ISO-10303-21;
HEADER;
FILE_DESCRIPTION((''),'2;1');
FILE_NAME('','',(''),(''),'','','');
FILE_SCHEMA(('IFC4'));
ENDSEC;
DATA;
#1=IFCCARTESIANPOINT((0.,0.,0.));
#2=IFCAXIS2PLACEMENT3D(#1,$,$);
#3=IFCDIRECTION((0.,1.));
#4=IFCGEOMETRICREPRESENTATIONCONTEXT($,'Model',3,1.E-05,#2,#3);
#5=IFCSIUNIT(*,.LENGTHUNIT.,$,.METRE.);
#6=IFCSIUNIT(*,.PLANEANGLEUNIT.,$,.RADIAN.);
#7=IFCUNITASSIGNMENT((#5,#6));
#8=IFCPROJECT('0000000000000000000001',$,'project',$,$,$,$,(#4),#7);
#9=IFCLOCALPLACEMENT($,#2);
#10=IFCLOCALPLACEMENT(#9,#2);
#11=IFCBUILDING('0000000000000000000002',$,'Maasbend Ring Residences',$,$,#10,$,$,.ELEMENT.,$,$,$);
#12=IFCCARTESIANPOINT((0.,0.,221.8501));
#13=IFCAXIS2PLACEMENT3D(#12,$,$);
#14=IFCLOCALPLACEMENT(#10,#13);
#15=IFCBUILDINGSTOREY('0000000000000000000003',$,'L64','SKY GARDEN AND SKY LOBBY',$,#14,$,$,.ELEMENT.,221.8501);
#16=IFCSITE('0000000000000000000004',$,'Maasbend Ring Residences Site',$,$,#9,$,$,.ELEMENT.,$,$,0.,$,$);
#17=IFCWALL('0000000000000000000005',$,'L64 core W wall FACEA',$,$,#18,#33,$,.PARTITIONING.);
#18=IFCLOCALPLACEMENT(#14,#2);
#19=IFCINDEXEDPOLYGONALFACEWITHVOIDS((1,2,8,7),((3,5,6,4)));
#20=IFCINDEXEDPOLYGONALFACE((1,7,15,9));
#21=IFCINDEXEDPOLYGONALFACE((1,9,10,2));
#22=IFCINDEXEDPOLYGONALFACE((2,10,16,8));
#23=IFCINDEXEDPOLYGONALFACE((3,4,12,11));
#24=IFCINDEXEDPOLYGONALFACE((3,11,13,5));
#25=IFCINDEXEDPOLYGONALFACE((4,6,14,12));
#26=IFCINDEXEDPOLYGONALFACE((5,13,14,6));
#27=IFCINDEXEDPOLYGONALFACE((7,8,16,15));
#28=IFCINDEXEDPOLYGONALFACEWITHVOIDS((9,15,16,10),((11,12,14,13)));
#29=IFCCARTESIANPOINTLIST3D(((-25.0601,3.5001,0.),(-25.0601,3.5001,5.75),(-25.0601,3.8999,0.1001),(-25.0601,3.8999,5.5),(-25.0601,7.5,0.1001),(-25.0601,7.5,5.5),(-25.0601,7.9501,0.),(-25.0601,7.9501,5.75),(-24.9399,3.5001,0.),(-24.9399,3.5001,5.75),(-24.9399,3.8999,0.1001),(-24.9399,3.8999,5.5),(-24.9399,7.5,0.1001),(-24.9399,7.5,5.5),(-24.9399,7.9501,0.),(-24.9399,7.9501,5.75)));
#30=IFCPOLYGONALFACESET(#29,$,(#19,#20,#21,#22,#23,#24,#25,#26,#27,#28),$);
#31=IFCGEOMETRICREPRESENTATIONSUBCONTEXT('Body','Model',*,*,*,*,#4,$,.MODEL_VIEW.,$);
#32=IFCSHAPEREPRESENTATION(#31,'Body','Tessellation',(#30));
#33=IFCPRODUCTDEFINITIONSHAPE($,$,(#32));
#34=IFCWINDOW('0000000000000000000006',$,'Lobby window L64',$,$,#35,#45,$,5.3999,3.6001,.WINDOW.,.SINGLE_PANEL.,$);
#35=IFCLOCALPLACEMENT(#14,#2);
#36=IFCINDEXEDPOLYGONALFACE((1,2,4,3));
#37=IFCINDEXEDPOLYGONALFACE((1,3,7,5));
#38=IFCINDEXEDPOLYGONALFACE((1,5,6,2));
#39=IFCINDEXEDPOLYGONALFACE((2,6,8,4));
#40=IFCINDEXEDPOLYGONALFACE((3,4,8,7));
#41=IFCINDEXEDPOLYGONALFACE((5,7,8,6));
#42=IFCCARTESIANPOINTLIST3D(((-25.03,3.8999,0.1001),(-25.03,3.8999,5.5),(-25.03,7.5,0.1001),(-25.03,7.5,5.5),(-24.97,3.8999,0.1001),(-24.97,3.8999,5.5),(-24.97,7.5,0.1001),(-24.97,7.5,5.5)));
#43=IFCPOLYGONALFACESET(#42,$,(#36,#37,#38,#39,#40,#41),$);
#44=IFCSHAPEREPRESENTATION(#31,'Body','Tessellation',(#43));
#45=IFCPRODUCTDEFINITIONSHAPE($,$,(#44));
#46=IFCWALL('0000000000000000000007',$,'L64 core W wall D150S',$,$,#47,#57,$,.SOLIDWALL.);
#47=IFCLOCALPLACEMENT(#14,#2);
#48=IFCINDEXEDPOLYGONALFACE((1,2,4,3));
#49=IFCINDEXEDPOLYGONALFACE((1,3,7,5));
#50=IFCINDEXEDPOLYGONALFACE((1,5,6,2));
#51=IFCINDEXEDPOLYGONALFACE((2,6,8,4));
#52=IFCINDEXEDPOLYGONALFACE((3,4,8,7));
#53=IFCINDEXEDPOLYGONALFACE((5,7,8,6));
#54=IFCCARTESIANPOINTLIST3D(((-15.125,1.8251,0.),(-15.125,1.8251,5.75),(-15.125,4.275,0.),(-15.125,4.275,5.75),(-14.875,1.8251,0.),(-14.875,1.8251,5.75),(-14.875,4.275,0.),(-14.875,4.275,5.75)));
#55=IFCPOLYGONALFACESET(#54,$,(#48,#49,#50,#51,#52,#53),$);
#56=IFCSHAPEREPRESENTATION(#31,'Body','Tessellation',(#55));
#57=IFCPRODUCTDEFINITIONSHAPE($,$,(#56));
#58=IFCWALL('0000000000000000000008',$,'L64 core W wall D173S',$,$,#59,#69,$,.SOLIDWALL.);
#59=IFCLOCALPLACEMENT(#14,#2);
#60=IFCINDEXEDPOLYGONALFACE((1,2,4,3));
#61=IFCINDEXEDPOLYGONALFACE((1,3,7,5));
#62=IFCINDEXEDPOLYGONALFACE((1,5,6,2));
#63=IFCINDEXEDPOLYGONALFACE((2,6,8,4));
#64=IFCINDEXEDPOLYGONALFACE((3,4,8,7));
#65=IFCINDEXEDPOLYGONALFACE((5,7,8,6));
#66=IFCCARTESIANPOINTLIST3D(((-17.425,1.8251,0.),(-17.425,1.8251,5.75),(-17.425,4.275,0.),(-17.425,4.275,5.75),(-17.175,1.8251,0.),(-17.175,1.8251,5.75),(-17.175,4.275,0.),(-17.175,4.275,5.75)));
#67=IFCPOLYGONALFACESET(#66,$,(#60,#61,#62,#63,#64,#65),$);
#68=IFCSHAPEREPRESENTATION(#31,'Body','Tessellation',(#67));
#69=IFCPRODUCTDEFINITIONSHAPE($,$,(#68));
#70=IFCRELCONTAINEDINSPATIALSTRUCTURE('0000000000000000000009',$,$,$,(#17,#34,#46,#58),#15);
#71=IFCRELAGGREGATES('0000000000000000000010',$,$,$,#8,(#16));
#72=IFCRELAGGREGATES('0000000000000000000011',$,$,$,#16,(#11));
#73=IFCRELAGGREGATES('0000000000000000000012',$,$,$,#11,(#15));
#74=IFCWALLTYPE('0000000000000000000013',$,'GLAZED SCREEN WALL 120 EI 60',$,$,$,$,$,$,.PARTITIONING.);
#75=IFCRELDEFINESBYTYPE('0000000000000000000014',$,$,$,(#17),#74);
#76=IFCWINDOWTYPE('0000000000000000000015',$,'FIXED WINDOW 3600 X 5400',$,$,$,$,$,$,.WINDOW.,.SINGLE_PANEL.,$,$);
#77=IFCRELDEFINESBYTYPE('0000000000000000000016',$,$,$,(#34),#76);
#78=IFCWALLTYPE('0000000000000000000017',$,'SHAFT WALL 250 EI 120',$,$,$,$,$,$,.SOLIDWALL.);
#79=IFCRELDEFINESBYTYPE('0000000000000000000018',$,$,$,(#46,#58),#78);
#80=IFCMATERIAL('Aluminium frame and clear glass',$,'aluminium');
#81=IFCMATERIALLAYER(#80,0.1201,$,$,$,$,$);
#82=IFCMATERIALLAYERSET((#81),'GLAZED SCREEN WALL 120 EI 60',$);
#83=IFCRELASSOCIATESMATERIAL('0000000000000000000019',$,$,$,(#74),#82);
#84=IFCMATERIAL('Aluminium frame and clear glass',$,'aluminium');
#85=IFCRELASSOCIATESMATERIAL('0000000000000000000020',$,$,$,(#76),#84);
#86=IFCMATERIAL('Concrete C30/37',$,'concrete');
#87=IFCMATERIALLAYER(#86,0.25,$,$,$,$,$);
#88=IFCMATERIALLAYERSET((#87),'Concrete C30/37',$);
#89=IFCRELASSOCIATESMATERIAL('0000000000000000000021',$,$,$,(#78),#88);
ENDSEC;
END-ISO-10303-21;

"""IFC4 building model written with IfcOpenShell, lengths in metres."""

from ifc_helpers import new_model, si_unit, direction, frame, frame_2d, origin, place, context, subcontext, project, spatial, rectangle, extrude, material, layer, layer_set, type_object, element, fill, save


model = new_model("IFC4")

# Units and contexts
model_context = context("Model", 3, precision=1e-05, world=origin(), true_north=direction((0.0, 1.0)))
body_context = subcontext(model_context, "Body", "Model", "MODEL_VIEW")
ifc_project = project(units=[si_unit("LENGTHUNIT", "METRE"), si_unit("PLANEANGLEUNIT", "RADIAN")], contexts=[model_context])

# Site, building, storey
site_placement = place(None, origin())
site = spatial("IfcSite", under=ifc_project, at=site_placement, Name="Maasbend Ring Residences Site", CompositionType="ELEMENT", RefElevation=0.0)
building_placement = place(site_placement, origin())
building = spatial("IfcBuilding", under=site, at=building_placement, Name="Maasbend Ring Residences", CompositionType="ELEMENT")
storey_placement = place(building_placement, frame((0.0, 0.0, 221.8501)))
storey = spatial("IfcBuildingStorey", under=building, at=storey_placement, Name="L64", Description="SKY GARDEN AND SKY LOBBY", CompositionType="ELEMENT", Elevation=221.8501)

# Wall, opening, window
ifc_material_1 = material(Name="Aluminium frame and clear glass", Category="aluminium")
ifc_layer_1 = layer(ifc_material_1, 0.1201)
ifc_layer_set_1 = layer_set([ifc_layer_1], Name="GLAZED SCREEN WALL 120 EI 60")
wall_type_1 = type_object("IfcWallType", Name="GLAZED SCREEN WALL 120 EI 60", PredefinedType="PARTITIONING", material=ifc_layer_set_1)
wall_placement = place(storey_placement, frame((-25.0, 3.5, 0.0), z_axis=(0.0, 0.0, 1.0), x_axis=(0.0, 1.0, 0.0)))
wall = element("IfcWall", 1, at=wall_placement, inside=storey, type_object=wall_type_1, Name="L64 core W wall FACEA", PredefinedType="PARTITIONING", context=body_context, shape_type="SweptSolid", body=[
    extrude(rectangle(XDim=4.45, YDim=0.1201, at=frame_2d((2.2251, 0.0))), origin(), (0.0, 0.0, 1.0), 5.75),
])
opening_placement = place(wall_placement, frame((0.3999, 0.0, 0.1001)))
opening = element("IfcOpeningElement", 2, at=opening_placement, cuts=wall, PredefinedType="OPENING", context=body_context, shape_type="SweptSolid", body=[
    extrude(rectangle(XDim=3.6001, YDim=5.3999, at=frame_2d((1.8, 2.7))), frame((0.0, 0.0701, 0.0), z_axis=(0.0, -1.0, 0.0), x_axis=(1.0, 0.0, 0.0)), (0.0, 0.0, 1.0), 0.1401),
])
ifc_material_2 = material(Name="Aluminium frame and clear glass", Category="aluminium")
window_type = type_object("IfcWindowType", Name="FIXED WINDOW 3600 X 5400", PartitioningType="SINGLE_PANEL", PredefinedType="WINDOW", material=ifc_material_2)
window_placement = place(opening_placement, origin())
window = element("IfcWindow", 3, at=window_placement, inside=storey, type_object=window_type, Name="Lobby window L64", OverallHeight=5.3999, OverallWidth=3.6001, PartitioningType="SINGLE_PANEL", PredefinedType="WINDOW", context=body_context, shape_type="SweptSolid", body=[
    extrude(rectangle(XDim=3.6001, YDim=5.3999, at=frame_2d((1.8, 2.7))), frame((0.0, 0.03, 0.0), z_axis=(0.0, -1.0, 0.0), x_axis=(1.0, 0.0, 0.0)), (0.0, 0.0, 1.0), 0.0601),
])
fill(opening, window)

# Walls
ifc_material_3 = material(Name="Concrete C30/37", Category="concrete")
ifc_layer_2 = layer(ifc_material_3, 0.25)
ifc_layer_set_2 = layer_set([ifc_layer_2], Name="Concrete C30/37")
wall_type_2 = type_object("IfcWallType", Name="SHAFT WALL 250 EI 120", PredefinedType="SOLIDWALL", material=ifc_layer_set_2)
for number, where, z_axis, x_axis, name in (
    (4, (-15.0, 1.825, 0.0), (0.0, 0.0, 1.0), (0.0, 1.0, 0.0), "L64 core W wall D150S"),
    (5, (-17.3, 1.825, 0.0), (0.0, 0.0, 1.0), (0.0, 1.0, 0.0), "L64 core W wall D173S"),
):
    element("IfcWall", number, at=place(storey_placement, frame(where, z_axis=z_axis, x_axis=x_axis)), inside=storey, type_object=wall_type_2, Name=name, PredefinedType="SOLIDWALL", context=body_context, shape_type="SweptSolid", body=[
        extrude(rectangle(XDim=2.45, YDim=0.25, at=frame_2d((1.2251, 0.0))), origin(), (0.0, 0.0, 1.0), 5.75),
    ])

save(model, "model.ifc")
